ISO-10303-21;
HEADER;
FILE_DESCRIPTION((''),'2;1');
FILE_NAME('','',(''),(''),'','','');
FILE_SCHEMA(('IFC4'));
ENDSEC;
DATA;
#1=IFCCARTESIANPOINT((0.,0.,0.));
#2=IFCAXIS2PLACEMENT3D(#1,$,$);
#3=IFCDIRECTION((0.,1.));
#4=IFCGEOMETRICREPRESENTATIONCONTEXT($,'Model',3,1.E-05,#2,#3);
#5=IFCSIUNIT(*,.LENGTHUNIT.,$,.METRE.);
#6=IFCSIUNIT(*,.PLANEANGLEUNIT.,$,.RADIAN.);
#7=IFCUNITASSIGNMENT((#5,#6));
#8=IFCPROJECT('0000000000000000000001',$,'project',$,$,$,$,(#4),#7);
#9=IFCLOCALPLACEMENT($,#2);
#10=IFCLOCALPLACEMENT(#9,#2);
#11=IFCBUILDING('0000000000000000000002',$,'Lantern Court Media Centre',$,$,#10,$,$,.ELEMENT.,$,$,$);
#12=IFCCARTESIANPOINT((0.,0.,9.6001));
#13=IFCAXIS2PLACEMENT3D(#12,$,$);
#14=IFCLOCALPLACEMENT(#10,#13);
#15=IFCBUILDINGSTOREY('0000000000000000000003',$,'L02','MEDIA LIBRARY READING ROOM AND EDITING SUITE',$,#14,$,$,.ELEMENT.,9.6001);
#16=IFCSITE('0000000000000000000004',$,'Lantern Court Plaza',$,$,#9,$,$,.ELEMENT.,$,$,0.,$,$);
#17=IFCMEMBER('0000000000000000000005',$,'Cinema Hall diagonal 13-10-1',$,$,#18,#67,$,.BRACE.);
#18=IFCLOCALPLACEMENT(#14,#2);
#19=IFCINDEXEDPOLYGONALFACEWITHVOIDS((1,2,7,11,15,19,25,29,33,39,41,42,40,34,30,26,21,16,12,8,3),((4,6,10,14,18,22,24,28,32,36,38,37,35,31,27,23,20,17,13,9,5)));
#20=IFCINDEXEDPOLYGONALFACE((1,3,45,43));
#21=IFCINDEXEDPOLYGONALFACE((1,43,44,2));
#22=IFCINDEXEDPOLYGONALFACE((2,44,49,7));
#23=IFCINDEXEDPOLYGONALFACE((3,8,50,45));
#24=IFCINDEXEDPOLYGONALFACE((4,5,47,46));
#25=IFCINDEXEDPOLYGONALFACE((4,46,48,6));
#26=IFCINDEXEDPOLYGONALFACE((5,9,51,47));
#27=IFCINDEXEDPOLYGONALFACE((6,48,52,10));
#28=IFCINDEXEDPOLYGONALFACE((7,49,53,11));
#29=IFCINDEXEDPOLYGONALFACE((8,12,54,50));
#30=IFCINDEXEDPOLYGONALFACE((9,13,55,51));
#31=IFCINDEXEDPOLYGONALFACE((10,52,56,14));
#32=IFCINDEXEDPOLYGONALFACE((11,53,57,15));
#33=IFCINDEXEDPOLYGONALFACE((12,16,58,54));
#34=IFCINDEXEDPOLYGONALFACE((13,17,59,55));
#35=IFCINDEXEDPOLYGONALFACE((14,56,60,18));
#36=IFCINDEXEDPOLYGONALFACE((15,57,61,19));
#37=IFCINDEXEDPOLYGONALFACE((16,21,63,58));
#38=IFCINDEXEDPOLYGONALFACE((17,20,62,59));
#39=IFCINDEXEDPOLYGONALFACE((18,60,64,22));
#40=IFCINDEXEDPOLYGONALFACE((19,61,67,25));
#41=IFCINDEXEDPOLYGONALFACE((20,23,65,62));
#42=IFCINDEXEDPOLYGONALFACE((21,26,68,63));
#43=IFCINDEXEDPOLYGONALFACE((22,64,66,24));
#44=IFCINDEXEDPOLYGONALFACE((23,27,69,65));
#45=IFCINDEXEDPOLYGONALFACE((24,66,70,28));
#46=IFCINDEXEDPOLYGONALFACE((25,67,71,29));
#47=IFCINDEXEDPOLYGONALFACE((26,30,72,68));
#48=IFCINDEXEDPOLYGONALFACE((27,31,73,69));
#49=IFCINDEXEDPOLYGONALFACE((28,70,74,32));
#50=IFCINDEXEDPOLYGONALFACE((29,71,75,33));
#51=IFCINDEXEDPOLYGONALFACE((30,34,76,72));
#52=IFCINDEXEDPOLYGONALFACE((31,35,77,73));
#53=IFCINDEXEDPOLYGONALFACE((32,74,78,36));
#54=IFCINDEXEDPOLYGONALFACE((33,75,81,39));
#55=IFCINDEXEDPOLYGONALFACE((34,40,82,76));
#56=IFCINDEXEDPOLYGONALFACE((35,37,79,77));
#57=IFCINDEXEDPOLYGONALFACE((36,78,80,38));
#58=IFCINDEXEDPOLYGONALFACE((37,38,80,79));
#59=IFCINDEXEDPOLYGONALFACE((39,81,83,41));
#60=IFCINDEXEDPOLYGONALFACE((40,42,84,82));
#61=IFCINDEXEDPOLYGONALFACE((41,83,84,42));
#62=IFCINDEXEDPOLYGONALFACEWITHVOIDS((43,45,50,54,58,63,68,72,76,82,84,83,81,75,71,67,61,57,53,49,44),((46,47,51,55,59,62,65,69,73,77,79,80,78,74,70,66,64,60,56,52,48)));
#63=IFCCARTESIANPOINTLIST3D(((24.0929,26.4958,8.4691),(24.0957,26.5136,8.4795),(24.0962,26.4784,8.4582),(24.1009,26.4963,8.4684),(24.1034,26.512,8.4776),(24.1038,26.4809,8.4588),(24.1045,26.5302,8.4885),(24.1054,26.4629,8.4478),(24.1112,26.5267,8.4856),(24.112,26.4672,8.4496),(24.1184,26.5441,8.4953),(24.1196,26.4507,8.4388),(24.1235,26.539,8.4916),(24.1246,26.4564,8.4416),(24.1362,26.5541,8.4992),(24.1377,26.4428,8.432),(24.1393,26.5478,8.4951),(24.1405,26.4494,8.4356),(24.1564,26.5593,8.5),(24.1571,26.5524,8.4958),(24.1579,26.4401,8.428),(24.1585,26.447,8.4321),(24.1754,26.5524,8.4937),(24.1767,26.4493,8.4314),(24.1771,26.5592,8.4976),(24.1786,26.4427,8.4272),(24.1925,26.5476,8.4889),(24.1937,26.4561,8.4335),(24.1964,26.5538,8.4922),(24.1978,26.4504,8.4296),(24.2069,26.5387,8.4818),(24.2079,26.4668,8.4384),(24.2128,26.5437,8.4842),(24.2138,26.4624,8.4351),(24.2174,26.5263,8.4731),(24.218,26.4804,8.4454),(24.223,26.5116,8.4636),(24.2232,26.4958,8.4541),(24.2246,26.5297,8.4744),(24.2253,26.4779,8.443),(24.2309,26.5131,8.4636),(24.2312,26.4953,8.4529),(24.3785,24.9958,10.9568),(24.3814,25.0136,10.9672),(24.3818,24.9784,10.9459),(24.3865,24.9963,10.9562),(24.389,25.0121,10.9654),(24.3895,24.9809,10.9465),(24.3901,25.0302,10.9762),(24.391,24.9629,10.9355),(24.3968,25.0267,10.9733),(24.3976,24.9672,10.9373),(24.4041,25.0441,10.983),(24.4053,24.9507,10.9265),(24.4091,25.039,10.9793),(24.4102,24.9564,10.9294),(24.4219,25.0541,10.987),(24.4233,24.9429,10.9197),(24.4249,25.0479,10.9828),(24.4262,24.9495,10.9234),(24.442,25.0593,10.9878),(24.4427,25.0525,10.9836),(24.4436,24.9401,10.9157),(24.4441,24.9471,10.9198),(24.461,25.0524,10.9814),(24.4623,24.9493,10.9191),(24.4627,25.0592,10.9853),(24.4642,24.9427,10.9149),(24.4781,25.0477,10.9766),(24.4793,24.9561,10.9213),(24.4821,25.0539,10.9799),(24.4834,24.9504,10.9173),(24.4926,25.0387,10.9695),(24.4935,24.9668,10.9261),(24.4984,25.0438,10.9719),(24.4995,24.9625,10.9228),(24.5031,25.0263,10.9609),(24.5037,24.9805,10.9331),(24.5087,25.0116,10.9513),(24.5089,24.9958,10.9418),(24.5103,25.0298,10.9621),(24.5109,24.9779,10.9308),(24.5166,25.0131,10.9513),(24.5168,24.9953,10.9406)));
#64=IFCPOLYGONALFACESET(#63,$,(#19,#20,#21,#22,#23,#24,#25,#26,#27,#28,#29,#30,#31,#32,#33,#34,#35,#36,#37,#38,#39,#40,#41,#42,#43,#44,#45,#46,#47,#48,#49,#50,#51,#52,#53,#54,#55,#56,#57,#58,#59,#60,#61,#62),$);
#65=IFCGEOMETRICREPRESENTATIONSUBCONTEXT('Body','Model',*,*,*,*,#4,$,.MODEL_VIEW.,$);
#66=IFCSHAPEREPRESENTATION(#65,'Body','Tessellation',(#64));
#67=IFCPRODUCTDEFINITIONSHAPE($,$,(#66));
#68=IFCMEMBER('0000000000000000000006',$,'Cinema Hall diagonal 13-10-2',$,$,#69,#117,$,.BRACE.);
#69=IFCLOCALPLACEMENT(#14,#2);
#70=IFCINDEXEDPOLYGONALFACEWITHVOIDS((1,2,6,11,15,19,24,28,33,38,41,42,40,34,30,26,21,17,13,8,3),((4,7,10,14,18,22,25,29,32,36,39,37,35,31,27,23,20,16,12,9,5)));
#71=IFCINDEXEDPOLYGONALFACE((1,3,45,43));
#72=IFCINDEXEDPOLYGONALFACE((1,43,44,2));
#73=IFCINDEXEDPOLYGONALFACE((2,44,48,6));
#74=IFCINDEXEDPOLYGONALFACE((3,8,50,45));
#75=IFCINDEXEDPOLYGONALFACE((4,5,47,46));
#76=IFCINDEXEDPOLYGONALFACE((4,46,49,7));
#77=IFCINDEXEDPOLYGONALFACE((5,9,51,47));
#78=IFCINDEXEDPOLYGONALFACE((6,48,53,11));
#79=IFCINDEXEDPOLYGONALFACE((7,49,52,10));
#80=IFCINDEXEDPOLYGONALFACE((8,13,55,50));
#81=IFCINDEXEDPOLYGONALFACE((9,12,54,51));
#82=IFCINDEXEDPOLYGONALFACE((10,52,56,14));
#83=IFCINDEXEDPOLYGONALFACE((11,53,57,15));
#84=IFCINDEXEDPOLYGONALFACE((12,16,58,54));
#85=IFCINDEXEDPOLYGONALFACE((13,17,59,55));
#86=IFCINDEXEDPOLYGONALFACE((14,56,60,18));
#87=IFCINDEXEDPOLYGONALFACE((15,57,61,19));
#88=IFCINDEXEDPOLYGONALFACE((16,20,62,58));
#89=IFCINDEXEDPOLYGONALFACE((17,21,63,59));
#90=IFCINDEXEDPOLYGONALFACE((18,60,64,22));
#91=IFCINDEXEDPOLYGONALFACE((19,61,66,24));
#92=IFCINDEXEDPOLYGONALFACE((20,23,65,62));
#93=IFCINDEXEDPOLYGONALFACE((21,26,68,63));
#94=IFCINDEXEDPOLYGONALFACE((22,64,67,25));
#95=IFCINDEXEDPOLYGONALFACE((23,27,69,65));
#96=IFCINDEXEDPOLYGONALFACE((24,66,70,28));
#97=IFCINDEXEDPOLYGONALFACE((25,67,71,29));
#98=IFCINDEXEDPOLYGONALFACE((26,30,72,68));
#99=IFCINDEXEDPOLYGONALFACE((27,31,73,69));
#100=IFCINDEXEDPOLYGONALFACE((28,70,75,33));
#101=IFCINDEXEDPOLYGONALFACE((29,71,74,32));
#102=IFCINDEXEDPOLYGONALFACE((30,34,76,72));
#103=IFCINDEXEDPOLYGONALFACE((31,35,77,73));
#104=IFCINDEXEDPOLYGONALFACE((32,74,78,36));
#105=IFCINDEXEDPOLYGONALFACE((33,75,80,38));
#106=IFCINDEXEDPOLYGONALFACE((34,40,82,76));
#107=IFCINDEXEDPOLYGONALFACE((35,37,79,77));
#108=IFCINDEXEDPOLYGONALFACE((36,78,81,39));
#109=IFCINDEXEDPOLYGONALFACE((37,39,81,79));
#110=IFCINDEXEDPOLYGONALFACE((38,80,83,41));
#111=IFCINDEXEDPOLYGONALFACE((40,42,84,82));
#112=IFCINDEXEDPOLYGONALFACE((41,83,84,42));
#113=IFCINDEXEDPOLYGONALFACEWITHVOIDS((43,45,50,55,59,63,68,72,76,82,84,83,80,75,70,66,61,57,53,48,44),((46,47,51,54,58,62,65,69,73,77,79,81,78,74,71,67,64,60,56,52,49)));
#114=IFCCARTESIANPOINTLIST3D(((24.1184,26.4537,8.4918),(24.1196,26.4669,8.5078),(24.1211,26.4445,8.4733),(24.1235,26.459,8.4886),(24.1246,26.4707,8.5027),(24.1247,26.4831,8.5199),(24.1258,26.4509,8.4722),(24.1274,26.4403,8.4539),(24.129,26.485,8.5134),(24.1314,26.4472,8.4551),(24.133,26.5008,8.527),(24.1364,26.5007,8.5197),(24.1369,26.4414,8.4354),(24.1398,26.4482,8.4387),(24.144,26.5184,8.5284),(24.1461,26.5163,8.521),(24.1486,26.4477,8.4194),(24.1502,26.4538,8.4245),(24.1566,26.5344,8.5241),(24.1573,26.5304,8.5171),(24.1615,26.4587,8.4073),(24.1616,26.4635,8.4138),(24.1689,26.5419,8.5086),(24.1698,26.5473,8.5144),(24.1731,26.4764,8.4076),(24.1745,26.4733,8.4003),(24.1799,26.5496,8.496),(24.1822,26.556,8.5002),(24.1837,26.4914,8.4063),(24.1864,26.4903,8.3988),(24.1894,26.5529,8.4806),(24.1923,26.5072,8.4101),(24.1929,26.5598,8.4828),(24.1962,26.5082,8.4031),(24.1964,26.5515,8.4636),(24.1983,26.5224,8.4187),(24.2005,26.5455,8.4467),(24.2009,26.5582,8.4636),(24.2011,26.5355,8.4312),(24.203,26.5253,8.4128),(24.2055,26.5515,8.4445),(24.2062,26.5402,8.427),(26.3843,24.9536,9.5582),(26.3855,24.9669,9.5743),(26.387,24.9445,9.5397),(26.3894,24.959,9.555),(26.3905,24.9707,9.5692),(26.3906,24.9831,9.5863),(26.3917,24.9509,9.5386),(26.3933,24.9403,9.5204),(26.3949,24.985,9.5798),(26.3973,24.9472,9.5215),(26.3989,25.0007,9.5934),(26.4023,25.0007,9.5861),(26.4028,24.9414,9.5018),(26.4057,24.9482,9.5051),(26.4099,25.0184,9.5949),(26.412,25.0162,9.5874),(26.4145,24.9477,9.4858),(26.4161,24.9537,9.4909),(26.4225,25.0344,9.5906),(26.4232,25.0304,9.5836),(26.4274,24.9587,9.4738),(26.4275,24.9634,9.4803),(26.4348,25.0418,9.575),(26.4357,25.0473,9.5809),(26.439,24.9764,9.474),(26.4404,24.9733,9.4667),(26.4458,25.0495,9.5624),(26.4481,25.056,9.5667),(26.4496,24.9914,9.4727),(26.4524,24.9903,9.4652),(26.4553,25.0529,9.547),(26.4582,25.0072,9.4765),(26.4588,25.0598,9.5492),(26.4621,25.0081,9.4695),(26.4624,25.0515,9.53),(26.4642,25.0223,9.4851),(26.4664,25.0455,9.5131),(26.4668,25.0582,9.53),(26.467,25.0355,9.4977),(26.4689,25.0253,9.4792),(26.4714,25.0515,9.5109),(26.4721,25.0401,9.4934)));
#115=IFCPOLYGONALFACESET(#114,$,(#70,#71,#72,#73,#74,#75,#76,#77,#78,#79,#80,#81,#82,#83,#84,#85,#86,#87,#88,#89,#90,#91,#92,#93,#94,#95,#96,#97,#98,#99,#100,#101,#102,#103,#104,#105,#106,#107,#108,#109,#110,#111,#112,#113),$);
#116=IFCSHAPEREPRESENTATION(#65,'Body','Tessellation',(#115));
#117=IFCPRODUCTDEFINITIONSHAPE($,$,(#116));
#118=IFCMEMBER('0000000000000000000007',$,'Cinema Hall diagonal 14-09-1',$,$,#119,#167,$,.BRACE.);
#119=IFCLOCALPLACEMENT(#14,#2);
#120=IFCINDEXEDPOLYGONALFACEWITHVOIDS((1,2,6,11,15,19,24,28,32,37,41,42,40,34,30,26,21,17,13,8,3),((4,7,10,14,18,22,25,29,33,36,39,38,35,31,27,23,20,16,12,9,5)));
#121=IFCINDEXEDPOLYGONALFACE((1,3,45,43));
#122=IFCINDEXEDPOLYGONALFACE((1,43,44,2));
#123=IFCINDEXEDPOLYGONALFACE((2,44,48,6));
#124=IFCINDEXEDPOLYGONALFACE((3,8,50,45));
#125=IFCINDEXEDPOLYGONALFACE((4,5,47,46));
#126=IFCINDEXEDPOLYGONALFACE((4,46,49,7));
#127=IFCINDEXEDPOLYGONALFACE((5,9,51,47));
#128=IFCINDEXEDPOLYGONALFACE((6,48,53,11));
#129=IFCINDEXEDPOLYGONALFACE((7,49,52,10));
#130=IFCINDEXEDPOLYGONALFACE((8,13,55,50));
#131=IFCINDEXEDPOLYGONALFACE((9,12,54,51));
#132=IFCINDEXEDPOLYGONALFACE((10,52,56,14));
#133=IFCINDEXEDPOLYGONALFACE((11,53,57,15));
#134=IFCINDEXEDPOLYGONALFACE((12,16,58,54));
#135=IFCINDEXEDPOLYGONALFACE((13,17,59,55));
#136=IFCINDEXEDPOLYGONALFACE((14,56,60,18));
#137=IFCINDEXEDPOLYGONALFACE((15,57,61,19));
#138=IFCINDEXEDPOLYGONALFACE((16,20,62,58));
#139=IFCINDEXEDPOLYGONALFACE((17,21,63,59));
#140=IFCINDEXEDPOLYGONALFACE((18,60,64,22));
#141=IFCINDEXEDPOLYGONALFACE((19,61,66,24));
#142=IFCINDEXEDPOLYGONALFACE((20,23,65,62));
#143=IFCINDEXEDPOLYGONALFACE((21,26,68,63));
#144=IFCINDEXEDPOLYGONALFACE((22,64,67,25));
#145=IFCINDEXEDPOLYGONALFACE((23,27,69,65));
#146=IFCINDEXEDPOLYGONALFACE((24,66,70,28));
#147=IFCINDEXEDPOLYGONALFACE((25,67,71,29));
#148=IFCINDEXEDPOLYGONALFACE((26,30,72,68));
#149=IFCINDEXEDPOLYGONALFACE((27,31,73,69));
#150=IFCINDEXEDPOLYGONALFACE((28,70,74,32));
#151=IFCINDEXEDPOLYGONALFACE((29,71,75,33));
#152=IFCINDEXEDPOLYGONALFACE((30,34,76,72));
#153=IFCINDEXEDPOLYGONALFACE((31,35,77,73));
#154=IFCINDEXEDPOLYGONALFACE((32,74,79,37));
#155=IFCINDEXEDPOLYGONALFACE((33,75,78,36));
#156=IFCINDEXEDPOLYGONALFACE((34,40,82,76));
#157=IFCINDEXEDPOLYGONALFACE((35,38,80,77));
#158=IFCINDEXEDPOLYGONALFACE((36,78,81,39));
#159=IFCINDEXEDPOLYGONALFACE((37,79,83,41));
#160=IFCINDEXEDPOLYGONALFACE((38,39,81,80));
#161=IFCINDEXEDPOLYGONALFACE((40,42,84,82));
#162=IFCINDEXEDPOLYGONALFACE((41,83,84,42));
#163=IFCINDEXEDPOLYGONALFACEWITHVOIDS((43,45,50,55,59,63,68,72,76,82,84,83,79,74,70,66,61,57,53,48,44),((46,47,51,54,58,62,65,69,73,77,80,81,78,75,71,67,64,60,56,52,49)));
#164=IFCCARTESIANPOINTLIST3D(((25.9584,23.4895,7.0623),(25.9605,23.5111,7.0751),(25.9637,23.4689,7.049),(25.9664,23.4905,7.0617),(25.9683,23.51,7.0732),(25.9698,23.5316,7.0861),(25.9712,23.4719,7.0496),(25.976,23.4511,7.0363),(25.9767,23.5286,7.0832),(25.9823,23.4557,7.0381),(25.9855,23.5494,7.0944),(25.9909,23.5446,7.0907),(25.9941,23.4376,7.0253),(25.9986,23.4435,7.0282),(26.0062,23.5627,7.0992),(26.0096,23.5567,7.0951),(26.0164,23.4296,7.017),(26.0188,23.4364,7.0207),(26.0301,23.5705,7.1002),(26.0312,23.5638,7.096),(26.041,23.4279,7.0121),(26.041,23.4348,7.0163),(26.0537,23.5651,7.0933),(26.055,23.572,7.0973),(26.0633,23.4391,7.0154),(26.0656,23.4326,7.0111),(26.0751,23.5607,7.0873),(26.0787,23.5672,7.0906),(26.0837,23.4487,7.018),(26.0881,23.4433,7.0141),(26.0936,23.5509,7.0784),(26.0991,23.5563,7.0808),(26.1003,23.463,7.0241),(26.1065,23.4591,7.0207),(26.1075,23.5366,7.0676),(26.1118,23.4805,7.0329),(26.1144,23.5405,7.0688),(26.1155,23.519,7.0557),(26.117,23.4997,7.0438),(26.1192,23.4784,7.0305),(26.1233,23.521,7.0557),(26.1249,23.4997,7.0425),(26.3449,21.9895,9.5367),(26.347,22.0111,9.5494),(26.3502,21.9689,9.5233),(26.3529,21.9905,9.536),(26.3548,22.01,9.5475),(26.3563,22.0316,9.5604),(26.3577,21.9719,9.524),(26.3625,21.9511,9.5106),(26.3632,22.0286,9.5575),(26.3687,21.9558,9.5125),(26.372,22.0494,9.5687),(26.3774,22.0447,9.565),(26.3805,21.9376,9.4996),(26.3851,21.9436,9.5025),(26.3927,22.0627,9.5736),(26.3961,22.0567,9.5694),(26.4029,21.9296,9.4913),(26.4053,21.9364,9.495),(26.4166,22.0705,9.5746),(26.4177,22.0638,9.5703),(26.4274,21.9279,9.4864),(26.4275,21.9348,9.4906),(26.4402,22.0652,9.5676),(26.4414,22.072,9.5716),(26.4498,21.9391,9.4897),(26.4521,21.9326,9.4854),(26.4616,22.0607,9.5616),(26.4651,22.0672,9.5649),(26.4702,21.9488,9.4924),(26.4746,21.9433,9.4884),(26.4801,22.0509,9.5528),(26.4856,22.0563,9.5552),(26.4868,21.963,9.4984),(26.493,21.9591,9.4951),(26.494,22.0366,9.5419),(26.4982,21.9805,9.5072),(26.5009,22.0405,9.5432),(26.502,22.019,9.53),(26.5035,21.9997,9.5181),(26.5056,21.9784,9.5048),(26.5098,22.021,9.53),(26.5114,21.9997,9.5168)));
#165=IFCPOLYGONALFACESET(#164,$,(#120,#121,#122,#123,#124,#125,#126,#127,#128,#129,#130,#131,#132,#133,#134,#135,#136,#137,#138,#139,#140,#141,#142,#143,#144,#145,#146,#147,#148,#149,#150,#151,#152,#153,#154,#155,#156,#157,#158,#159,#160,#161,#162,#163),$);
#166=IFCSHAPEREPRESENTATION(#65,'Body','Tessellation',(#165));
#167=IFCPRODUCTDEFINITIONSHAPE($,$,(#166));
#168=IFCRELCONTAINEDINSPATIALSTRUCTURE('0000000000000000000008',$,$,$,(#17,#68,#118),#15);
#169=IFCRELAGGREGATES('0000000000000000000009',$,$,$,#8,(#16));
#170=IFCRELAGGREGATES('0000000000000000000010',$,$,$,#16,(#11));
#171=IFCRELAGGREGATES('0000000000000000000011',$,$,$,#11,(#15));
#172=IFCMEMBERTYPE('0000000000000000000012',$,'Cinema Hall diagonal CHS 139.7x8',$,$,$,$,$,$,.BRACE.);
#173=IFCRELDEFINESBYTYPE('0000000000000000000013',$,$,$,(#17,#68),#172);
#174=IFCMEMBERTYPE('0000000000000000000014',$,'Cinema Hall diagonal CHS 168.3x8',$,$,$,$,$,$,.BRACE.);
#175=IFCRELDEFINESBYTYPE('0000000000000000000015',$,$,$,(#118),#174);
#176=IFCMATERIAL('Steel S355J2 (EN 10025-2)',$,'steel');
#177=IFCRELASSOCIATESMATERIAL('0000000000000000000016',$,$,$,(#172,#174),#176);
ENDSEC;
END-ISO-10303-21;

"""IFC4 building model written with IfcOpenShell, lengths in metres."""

from ifc_helpers import new_model, si_unit, direction, frame, origin, origin_2d, place, context, subcontext, project, spatial, hollow_circle, extrude, material, material_profile, profile_set, type_object, element, save


model = new_model("IFC4")

# Units and contexts
model_context = context("Model", 3, precision=1e-05, world=origin(), true_north=direction((0.0, 1.0)))
body_context = subcontext(model_context, "Body", "Model", "MODEL_VIEW")
ifc_project = project(units=[si_unit("LENGTHUNIT", "METRE"), si_unit("PLANEANGLEUNIT", "RADIAN")], contexts=[model_context])

# Site, building, storey
site_placement = place(None, origin())
site = spatial("IfcSite", under=ifc_project, at=site_placement, Name="Lantern Court Plaza", CompositionType="ELEMENT", RefElevation=0.0)
building_placement = place(site_placement, origin())
building = spatial("IfcBuilding", under=site, at=building_placement, Name="Lantern Court Media Centre", CompositionType="ELEMENT")
storey_placement = place(building_placement, frame((0.0, 0.0, 9.6001)))
storey = spatial("IfcBuildingStorey", under=building, at=storey_placement, Name="L02", Description="MEDIA LIBRARY READING ROOM AND EDITING SUITE", CompositionType="ELEMENT", Elevation=9.6001)

# Members
ifc_material = material(Name="Steel S355J2 (EN 10025-2)", Category="steel")
ifc_material_profile_1 = material_profile(ifc_material, hollow_circle(Radius=0.0698, WallThickness=0.0081, at=origin_2d()), Name="Cinema Hall diagonal CHS 139.7x8")
ifc_profile_set_1 = profile_set([ifc_material_profile_1], Name="Steel S355J2 (EN 10025-2)")
member_type_1 = type_object("IfcMemberType", Name="Cinema Hall diagonal CHS 139.7x8", PredefinedType="BRACE", material=ifc_profile_set_1)
for number, where, z_axis, x_axis, name in (
    (1, (24.1624, 26.5, 8.4636), (0.097856, -0.51387, 0.852268), (0.982347, 0.187068, 0.0), "Cinema Hall diagonal 13-10-1"),
):
    element("IfcMember", number, at=place(storey_placement, frame(where, z_axis=z_axis, x_axis=x_axis)), inside=storey, type_object=member_type_1, Name=name, PredefinedType="BRACE", context=body_context, shape_type="SweptSolid", body=[
        extrude(hollow_circle(Radius=0.0698, WallThickness=0.0081, at=origin_2d()), origin(), (0.0, 0.0, 1.0), 2.9189),
    ])
member_1_placement = place(storey_placement, frame((24.1624, 26.5, 8.4636), z_axis=(0.776211, -0.51385, 0.365315), x_axis=(0.552002, 0.833843, 0.0)))
element("IfcMember", 2, at=member_1_placement, inside=storey, type_object=member_type_1, Name="Cinema Hall diagonal 13-10-2", PredefinedType="BRACE", context=body_context, shape_type="SweptSolid", body=[
    extrude(hollow_circle(Radius=0.0698, WallThickness=0.0081, at=origin_2d()), origin(), (0.0, 0.0, 1.0), 2.9192),
])
ifc_material_profile_2 = material_profile(ifc_material, hollow_circle(Radius=0.0842, WallThickness=0.0081, at=origin_2d()), Name="Cinema Hall diagonal CHS 168.3x8")
ifc_profile_set_2 = profile_set([ifc_material_profile_2], Name="Steel S355J2 (EN 10025-2)")
member_type_2 = type_object("IfcMemberType", Name="Cinema Hall diagonal CHS 168.3x8", PredefinedType="BRACE", material=ifc_profile_set_2)
member_2_placement = place(storey_placement, frame((26.0417, 23.5, 7.0557), z_axis=(0.13239, -0.513836, 0.847612), x_axis=(0.968374, 0.249501, 0.0)))
element("IfcMember", 3, at=member_2_placement, inside=storey, type_object=member_type_2, Name="Cinema Hall diagonal 14-09-1", PredefinedType="BRACE", context=body_context, shape_type="SweptSolid", body=[
    extrude(hollow_circle(Radius=0.0842, WallThickness=0.0081, at=origin_2d()), origin(), (0.0, 0.0, 1.0), 2.9192),
])

save(model, "model.ifc")
